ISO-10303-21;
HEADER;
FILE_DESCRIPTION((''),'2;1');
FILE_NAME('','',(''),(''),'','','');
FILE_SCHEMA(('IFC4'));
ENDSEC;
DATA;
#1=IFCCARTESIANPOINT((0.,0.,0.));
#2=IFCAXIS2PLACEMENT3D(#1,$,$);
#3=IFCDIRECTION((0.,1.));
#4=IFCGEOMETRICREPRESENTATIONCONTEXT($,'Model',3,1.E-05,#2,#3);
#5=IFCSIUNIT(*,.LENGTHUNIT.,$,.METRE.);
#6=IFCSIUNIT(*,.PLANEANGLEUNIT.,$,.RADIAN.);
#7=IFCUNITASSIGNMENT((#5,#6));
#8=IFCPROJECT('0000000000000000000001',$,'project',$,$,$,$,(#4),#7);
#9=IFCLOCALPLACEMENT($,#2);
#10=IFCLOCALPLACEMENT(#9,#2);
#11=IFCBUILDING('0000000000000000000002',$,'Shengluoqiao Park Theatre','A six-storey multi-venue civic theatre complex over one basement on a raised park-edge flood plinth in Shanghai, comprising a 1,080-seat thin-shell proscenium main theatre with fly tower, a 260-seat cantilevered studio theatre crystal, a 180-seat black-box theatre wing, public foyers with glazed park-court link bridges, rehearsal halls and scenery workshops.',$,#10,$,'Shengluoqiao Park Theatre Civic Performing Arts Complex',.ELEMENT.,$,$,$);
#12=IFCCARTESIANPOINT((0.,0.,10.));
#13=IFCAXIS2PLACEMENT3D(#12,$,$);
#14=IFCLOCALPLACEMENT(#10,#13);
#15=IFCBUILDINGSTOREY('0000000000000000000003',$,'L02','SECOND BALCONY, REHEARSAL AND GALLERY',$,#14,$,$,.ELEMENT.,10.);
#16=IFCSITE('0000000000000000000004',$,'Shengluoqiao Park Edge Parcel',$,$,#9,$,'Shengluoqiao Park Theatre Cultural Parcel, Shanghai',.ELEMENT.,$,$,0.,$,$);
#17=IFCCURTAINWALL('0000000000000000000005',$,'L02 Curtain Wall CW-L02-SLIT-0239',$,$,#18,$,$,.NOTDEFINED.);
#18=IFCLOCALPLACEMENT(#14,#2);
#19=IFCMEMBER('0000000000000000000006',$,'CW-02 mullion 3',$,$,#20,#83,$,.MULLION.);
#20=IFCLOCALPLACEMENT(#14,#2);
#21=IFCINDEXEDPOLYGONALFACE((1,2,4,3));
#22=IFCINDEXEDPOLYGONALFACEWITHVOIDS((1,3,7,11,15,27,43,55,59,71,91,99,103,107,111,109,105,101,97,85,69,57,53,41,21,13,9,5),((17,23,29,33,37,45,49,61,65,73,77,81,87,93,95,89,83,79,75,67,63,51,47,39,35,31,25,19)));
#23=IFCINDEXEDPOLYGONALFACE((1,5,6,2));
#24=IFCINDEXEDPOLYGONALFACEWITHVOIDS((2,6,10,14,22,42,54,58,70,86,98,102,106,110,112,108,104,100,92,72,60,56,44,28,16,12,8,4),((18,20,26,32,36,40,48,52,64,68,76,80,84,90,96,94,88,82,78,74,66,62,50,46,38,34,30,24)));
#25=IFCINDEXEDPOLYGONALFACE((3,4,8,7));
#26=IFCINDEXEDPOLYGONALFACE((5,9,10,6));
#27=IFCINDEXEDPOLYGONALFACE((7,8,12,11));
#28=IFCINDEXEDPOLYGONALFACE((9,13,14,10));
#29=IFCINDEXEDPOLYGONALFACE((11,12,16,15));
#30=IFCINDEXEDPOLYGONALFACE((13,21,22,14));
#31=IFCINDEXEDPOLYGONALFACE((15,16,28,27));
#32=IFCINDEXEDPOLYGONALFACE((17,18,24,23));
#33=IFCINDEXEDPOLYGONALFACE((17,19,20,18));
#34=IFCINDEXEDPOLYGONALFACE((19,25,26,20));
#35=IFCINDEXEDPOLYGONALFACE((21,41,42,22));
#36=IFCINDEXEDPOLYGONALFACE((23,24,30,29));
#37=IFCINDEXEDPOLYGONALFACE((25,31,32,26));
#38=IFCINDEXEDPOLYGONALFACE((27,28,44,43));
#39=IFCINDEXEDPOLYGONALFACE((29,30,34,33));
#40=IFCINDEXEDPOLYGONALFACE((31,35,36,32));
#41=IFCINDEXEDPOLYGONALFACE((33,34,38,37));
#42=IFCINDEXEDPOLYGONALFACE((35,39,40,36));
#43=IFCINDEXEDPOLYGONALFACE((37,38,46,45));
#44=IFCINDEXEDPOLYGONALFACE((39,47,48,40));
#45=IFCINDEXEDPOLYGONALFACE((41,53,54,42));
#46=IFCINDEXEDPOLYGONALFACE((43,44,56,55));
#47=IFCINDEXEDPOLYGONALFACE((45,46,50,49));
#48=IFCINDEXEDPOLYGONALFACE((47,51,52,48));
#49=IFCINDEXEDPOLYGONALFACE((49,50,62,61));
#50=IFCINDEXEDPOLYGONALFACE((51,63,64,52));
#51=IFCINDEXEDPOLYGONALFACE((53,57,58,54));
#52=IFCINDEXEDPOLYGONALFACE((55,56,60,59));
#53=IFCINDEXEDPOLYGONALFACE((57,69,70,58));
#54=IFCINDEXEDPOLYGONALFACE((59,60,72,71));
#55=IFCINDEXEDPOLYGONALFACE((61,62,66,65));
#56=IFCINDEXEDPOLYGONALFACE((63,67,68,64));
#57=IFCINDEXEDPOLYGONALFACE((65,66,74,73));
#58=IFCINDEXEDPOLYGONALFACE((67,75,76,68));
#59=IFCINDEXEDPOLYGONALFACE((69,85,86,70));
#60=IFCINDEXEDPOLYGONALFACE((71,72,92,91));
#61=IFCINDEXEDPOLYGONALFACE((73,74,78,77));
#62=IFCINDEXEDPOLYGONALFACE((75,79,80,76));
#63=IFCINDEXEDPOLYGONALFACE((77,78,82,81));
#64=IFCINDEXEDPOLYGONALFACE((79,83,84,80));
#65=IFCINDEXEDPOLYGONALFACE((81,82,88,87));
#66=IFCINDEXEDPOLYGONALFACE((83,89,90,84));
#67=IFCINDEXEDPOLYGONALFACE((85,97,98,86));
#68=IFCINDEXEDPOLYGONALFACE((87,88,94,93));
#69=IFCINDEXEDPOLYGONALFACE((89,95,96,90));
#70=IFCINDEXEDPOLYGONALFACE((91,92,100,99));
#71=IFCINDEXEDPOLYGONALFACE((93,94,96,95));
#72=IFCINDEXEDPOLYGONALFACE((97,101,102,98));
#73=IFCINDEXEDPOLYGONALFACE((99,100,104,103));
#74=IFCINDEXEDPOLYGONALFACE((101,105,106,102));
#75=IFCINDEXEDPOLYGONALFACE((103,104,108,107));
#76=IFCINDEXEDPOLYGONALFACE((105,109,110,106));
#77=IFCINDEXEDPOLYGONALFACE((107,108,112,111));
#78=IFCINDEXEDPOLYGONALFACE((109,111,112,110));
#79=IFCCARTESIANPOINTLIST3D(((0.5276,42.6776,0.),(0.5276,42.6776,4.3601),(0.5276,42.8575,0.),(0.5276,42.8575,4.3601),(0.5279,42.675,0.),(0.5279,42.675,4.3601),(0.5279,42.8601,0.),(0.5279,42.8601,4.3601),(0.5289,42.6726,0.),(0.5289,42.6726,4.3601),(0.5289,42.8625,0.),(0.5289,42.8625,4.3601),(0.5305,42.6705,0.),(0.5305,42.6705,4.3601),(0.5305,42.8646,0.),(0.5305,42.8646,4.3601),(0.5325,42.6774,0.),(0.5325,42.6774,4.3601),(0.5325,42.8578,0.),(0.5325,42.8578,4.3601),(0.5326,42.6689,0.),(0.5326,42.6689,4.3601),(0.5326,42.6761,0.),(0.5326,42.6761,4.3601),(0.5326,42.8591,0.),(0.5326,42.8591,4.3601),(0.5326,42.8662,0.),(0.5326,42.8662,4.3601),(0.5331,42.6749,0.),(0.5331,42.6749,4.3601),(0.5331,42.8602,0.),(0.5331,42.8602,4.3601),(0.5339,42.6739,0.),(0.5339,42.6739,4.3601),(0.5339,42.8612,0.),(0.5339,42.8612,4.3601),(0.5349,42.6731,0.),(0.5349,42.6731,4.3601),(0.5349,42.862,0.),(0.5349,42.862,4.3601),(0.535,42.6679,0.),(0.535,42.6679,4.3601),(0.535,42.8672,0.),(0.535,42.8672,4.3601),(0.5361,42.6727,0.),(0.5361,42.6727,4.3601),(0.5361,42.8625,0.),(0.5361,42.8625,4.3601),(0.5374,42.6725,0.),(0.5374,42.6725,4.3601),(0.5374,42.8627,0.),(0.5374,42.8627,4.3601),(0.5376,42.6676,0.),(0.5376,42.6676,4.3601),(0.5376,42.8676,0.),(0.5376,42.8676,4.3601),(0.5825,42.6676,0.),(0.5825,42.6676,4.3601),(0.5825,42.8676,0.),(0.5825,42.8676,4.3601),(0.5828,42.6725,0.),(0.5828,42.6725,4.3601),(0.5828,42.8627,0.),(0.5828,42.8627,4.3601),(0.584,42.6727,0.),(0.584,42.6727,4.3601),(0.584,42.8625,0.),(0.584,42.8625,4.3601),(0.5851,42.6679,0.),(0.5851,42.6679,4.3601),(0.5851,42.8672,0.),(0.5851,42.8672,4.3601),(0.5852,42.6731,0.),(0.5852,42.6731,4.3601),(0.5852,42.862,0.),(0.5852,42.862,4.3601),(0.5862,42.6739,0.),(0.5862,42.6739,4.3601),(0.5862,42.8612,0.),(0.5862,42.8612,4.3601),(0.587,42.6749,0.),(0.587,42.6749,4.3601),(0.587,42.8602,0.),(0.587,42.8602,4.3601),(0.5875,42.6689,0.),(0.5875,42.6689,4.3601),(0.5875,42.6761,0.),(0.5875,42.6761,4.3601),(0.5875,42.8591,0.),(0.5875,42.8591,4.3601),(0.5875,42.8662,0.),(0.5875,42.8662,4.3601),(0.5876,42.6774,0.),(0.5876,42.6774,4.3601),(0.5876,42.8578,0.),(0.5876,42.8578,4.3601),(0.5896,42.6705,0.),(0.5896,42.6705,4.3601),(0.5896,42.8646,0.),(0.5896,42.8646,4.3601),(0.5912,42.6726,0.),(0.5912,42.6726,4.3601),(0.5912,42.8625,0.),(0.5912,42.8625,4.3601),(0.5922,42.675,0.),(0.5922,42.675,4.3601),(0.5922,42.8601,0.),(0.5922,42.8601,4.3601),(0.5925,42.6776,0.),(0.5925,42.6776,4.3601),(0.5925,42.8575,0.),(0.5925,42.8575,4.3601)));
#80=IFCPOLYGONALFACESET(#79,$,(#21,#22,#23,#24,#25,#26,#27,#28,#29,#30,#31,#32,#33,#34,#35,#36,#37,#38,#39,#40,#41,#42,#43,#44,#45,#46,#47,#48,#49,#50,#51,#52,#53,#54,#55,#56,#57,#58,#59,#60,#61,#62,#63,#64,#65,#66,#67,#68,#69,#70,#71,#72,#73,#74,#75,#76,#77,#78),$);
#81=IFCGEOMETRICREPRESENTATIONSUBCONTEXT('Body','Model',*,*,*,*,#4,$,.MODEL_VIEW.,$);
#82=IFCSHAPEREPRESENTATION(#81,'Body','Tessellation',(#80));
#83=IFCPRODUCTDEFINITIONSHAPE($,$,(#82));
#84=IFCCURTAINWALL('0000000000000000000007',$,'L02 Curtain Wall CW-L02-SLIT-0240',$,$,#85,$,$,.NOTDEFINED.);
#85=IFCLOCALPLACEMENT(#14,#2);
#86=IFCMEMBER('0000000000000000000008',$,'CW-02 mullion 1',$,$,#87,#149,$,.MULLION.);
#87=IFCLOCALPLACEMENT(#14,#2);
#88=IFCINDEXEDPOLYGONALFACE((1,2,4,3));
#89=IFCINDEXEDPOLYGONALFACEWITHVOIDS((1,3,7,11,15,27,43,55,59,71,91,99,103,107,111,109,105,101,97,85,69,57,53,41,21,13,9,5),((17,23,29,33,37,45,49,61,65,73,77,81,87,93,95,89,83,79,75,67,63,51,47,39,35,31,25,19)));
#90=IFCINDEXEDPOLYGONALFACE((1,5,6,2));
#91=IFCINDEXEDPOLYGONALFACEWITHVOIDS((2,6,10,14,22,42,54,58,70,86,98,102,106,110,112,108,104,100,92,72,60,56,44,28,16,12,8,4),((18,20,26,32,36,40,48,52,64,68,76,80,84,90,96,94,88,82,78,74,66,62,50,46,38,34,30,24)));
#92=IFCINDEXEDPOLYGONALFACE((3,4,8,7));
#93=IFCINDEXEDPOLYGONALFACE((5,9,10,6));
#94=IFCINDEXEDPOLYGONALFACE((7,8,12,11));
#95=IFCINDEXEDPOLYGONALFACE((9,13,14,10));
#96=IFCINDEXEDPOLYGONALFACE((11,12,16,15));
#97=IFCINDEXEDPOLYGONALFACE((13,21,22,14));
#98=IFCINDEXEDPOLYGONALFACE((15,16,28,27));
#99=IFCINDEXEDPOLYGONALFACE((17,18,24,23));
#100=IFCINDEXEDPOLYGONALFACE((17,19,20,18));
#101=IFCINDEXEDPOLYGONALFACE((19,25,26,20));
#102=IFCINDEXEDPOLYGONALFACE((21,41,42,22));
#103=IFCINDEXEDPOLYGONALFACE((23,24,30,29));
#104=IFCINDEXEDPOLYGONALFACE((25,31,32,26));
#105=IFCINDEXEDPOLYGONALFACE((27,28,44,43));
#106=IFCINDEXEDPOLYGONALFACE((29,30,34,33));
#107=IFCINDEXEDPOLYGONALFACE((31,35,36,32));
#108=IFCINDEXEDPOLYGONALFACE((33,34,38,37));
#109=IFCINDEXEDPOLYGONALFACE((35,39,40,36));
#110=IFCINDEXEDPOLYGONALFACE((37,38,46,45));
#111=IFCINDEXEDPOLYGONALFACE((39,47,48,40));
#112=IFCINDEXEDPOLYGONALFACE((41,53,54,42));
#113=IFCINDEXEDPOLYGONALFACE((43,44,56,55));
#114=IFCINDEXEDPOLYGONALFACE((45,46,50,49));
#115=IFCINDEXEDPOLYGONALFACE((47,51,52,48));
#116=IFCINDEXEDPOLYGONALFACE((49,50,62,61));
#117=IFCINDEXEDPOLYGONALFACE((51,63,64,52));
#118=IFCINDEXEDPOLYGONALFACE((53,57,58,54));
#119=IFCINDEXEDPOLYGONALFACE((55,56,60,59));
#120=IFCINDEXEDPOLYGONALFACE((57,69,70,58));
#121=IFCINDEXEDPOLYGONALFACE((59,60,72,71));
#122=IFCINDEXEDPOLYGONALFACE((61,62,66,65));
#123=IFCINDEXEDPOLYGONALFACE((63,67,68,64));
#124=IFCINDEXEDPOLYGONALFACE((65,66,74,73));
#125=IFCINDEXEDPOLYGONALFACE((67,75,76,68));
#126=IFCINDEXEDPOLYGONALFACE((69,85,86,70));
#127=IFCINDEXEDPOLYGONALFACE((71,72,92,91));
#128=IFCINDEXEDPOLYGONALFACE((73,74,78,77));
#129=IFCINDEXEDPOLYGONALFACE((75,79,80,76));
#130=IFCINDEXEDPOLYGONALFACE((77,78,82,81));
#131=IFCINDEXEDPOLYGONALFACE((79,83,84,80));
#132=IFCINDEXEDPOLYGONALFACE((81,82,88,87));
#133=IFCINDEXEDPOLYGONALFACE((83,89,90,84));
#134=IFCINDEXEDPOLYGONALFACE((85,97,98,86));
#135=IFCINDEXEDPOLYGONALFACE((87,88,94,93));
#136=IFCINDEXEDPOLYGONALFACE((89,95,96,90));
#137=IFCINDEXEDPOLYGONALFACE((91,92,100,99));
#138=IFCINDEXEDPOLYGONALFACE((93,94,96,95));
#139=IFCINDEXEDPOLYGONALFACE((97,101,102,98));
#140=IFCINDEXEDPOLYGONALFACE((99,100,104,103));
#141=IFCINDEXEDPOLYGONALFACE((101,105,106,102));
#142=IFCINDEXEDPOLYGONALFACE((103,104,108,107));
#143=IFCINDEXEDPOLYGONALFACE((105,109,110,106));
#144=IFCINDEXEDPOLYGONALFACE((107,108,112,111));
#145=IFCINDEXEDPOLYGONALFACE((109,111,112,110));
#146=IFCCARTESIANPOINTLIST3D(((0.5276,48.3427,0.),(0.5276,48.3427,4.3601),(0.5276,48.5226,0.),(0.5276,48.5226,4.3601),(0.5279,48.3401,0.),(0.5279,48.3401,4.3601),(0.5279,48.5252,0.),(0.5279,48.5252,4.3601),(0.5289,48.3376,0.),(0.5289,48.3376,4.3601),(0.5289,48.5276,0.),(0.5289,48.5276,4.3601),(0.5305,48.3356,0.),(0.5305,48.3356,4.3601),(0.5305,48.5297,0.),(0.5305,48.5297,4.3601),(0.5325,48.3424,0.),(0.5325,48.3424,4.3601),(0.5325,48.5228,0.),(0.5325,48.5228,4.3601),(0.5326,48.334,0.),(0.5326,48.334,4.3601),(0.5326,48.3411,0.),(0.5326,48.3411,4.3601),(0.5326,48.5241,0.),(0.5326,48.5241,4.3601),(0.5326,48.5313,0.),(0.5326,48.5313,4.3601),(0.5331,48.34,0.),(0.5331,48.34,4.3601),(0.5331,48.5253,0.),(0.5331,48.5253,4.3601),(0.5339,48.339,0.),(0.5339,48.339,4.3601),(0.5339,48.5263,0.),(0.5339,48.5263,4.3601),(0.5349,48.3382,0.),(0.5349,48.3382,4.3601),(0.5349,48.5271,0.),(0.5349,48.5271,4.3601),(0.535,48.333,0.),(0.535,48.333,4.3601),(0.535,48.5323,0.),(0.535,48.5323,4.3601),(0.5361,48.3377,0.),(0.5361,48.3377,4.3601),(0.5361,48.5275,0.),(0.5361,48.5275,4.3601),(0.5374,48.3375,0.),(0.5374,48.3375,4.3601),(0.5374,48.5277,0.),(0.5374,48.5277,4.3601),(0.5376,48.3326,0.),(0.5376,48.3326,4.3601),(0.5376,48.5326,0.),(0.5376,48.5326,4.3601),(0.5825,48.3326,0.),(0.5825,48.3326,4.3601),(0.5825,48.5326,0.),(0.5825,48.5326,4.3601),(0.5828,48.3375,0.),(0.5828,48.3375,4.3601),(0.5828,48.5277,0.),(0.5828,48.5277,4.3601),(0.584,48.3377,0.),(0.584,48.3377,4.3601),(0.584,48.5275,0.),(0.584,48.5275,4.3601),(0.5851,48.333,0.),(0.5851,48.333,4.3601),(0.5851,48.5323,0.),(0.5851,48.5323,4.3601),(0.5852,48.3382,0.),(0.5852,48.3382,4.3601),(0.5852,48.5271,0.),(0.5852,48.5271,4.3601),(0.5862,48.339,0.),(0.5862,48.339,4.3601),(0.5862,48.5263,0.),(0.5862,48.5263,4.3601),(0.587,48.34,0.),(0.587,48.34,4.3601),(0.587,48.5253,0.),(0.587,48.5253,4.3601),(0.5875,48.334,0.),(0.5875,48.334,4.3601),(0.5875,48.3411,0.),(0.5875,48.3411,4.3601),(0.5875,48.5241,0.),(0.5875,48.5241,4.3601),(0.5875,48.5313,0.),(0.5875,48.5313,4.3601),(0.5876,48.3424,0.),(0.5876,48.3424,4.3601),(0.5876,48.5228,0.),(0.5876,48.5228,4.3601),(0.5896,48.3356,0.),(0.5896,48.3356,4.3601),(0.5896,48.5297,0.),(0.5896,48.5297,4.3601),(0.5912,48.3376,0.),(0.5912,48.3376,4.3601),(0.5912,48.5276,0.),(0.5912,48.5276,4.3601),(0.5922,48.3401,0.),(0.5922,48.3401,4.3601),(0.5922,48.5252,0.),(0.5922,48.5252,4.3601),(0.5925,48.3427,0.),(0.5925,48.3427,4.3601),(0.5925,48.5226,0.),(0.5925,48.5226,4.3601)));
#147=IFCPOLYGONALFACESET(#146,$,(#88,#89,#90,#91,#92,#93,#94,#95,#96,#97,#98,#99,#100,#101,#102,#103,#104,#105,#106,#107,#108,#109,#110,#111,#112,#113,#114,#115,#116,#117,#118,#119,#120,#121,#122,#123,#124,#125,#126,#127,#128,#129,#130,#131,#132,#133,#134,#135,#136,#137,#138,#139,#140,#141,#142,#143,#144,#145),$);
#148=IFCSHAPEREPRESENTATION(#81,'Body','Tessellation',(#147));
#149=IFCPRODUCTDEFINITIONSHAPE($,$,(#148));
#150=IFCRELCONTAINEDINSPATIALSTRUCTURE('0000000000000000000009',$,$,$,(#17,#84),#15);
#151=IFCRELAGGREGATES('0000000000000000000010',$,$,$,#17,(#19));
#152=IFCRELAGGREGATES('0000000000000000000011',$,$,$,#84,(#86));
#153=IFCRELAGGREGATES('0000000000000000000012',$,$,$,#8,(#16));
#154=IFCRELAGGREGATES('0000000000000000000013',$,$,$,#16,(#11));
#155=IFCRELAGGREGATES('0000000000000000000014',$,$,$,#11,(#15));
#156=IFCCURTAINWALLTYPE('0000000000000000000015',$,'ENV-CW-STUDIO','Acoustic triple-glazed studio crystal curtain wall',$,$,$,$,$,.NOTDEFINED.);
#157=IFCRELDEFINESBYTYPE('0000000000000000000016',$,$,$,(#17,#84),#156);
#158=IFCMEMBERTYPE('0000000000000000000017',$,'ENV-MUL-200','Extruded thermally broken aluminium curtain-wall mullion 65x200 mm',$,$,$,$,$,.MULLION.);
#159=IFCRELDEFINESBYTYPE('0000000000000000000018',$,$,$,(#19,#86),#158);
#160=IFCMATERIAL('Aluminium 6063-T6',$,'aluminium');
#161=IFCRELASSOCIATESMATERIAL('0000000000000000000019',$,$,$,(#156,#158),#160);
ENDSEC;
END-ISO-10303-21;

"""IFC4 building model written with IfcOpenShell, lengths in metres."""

from ifc_helpers import new_model, si_unit, direction, frame, origin, origin_2d, place, context, subcontext, project, spatial, hollow_rectangle, extrude, material, material_profile, profile_set, type_object, element, aggregate, save


model = new_model("IFC4")

# Units and contexts
model_context = context("Model", 3, precision=1e-05, world=origin(), true_north=direction((0.0, 1.0)))
body_context = subcontext(model_context, "Body", "Model", "MODEL_VIEW")
ifc_project = project(units=[si_unit("LENGTHUNIT", "METRE"), si_unit("PLANEANGLEUNIT", "RADIAN")], contexts=[model_context])

# Site, building, storey
site_placement = place(None, origin())
site = spatial("IfcSite", under=ifc_project, at=site_placement, Name="Shengluoqiao Park Edge Parcel", LongName="Shengluoqiao Park Theatre Cultural Parcel, Shanghai", CompositionType="ELEMENT", RefElevation=0.0)
building_placement = place(site_placement, origin())
building = spatial("IfcBuilding", under=site, at=building_placement, Name="Shengluoqiao Park Theatre", Description="A six-storey multi-venue civic theatre complex over one basement on a raised park-edge flood plinth in Shanghai, comprising a 1,080-seat thin-shell proscenium main theatre with fly tower, a 260-seat cantilevered studio theatre crystal, a 180-seat black-box theatre wing, public foyers with glazed park-court link bridges, rehearsal halls and scenery workshops.", LongName="Shengluoqiao Park Theatre Civic Performing Arts Complex", CompositionType="ELEMENT")
storey_placement = place(building_placement, frame((0.0, 0.0, 10.0)))
storey = spatial("IfcBuildingStorey", under=building, at=storey_placement, Name="L02", Description="SECOND BALCONY, REHEARSAL AND GALLERY", CompositionType="ELEMENT", Elevation=10.0)

# Curtain walls, members
ifc_material_1 = material(Name="Aluminium 6063-T6", Category="aluminium")
curtain_wall_type = type_object("IfcCurtainWallType", Name="ENV-CW-STUDIO", Description="Acoustic triple-glazed studio crystal curtain wall", PredefinedType="NOTDEFINED", material=ifc_material_1)
curtain_wall_1_placement = place(storey_placement, origin())
curtain_wall_1 = element("IfcCurtainWall", 1, at=curtain_wall_1_placement, inside=storey, type_object=curtain_wall_type, Name="L02 Curtain Wall CW-L02-SLIT-0239", PredefinedType="NOTDEFINED")
ifc_material_profile_1 = material_profile(ifc_material_1, hollow_rectangle(XDim=0.0649, YDim=0.2, WallThickness=0.0049, InnerFilletRadius=0.0049, OuterFilletRadius=0.01, at=origin_2d()), Name="ALU MULLION 200x65x5")
ifc_profile_set_1 = profile_set([ifc_material_profile_1], Name="Aluminium 6063-T6")
member_type_1 = type_object("IfcMemberType", Name="ENV-MUL-200", Description="Extruded thermally broken aluminium curtain-wall mullion 65x200 mm", PredefinedType="MULLION", material=ifc_profile_set_1)
member_1_placement = place(storey_placement, frame((0.5601, 42.7676, 0.0), z_axis=(0.0, 0.0, 1.0), x_axis=(-1.0, 0.0, 0.0)))
member_1 = element("IfcMember", 2, at=member_1_placement, type_object=member_type_1, Name="CW-02 mullion 3", PredefinedType="MULLION", context=body_context, shape_type="SweptSolid", body=[
    extrude(hollow_rectangle(XDim=0.0649, YDim=0.2, WallThickness=0.0049, InnerFilletRadius=0.0049, OuterFilletRadius=0.01, at=origin_2d()), origin(), (0.0, 0.0, 1.0), 4.3601),
])
curtain_wall_2_placement = place(storey_placement, origin())
curtain_wall_2 = element("IfcCurtainWall", 3, at=curtain_wall_2_placement, inside=storey, type_object=curtain_wall_type, Name="L02 Curtain Wall CW-L02-SLIT-0240", PredefinedType="NOTDEFINED")
member_2_placement = place(storey_placement, frame((0.5601, 48.4326, 0.0), z_axis=(0.0, 0.0, 1.0), x_axis=(-1.0, 0.0, 0.0)))
member_2 = element("IfcMember", 4, at=member_2_placement, type_object=member_type_1, Name="CW-02 mullion 1", PredefinedType="MULLION", context=body_context, shape_type="SweptSolid", body=[
    extrude(hollow_rectangle(XDim=0.0649, YDim=0.2, WallThickness=0.0049, InnerFilletRadius=0.0049, OuterFilletRadius=0.01, at=origin_2d()), origin(), (0.0, 0.0, 1.0), 4.3601),
])

aggregate(curtain_wall_1, [member_1])
aggregate(curtain_wall_2, [member_2])

save(model, "model.ifc")
